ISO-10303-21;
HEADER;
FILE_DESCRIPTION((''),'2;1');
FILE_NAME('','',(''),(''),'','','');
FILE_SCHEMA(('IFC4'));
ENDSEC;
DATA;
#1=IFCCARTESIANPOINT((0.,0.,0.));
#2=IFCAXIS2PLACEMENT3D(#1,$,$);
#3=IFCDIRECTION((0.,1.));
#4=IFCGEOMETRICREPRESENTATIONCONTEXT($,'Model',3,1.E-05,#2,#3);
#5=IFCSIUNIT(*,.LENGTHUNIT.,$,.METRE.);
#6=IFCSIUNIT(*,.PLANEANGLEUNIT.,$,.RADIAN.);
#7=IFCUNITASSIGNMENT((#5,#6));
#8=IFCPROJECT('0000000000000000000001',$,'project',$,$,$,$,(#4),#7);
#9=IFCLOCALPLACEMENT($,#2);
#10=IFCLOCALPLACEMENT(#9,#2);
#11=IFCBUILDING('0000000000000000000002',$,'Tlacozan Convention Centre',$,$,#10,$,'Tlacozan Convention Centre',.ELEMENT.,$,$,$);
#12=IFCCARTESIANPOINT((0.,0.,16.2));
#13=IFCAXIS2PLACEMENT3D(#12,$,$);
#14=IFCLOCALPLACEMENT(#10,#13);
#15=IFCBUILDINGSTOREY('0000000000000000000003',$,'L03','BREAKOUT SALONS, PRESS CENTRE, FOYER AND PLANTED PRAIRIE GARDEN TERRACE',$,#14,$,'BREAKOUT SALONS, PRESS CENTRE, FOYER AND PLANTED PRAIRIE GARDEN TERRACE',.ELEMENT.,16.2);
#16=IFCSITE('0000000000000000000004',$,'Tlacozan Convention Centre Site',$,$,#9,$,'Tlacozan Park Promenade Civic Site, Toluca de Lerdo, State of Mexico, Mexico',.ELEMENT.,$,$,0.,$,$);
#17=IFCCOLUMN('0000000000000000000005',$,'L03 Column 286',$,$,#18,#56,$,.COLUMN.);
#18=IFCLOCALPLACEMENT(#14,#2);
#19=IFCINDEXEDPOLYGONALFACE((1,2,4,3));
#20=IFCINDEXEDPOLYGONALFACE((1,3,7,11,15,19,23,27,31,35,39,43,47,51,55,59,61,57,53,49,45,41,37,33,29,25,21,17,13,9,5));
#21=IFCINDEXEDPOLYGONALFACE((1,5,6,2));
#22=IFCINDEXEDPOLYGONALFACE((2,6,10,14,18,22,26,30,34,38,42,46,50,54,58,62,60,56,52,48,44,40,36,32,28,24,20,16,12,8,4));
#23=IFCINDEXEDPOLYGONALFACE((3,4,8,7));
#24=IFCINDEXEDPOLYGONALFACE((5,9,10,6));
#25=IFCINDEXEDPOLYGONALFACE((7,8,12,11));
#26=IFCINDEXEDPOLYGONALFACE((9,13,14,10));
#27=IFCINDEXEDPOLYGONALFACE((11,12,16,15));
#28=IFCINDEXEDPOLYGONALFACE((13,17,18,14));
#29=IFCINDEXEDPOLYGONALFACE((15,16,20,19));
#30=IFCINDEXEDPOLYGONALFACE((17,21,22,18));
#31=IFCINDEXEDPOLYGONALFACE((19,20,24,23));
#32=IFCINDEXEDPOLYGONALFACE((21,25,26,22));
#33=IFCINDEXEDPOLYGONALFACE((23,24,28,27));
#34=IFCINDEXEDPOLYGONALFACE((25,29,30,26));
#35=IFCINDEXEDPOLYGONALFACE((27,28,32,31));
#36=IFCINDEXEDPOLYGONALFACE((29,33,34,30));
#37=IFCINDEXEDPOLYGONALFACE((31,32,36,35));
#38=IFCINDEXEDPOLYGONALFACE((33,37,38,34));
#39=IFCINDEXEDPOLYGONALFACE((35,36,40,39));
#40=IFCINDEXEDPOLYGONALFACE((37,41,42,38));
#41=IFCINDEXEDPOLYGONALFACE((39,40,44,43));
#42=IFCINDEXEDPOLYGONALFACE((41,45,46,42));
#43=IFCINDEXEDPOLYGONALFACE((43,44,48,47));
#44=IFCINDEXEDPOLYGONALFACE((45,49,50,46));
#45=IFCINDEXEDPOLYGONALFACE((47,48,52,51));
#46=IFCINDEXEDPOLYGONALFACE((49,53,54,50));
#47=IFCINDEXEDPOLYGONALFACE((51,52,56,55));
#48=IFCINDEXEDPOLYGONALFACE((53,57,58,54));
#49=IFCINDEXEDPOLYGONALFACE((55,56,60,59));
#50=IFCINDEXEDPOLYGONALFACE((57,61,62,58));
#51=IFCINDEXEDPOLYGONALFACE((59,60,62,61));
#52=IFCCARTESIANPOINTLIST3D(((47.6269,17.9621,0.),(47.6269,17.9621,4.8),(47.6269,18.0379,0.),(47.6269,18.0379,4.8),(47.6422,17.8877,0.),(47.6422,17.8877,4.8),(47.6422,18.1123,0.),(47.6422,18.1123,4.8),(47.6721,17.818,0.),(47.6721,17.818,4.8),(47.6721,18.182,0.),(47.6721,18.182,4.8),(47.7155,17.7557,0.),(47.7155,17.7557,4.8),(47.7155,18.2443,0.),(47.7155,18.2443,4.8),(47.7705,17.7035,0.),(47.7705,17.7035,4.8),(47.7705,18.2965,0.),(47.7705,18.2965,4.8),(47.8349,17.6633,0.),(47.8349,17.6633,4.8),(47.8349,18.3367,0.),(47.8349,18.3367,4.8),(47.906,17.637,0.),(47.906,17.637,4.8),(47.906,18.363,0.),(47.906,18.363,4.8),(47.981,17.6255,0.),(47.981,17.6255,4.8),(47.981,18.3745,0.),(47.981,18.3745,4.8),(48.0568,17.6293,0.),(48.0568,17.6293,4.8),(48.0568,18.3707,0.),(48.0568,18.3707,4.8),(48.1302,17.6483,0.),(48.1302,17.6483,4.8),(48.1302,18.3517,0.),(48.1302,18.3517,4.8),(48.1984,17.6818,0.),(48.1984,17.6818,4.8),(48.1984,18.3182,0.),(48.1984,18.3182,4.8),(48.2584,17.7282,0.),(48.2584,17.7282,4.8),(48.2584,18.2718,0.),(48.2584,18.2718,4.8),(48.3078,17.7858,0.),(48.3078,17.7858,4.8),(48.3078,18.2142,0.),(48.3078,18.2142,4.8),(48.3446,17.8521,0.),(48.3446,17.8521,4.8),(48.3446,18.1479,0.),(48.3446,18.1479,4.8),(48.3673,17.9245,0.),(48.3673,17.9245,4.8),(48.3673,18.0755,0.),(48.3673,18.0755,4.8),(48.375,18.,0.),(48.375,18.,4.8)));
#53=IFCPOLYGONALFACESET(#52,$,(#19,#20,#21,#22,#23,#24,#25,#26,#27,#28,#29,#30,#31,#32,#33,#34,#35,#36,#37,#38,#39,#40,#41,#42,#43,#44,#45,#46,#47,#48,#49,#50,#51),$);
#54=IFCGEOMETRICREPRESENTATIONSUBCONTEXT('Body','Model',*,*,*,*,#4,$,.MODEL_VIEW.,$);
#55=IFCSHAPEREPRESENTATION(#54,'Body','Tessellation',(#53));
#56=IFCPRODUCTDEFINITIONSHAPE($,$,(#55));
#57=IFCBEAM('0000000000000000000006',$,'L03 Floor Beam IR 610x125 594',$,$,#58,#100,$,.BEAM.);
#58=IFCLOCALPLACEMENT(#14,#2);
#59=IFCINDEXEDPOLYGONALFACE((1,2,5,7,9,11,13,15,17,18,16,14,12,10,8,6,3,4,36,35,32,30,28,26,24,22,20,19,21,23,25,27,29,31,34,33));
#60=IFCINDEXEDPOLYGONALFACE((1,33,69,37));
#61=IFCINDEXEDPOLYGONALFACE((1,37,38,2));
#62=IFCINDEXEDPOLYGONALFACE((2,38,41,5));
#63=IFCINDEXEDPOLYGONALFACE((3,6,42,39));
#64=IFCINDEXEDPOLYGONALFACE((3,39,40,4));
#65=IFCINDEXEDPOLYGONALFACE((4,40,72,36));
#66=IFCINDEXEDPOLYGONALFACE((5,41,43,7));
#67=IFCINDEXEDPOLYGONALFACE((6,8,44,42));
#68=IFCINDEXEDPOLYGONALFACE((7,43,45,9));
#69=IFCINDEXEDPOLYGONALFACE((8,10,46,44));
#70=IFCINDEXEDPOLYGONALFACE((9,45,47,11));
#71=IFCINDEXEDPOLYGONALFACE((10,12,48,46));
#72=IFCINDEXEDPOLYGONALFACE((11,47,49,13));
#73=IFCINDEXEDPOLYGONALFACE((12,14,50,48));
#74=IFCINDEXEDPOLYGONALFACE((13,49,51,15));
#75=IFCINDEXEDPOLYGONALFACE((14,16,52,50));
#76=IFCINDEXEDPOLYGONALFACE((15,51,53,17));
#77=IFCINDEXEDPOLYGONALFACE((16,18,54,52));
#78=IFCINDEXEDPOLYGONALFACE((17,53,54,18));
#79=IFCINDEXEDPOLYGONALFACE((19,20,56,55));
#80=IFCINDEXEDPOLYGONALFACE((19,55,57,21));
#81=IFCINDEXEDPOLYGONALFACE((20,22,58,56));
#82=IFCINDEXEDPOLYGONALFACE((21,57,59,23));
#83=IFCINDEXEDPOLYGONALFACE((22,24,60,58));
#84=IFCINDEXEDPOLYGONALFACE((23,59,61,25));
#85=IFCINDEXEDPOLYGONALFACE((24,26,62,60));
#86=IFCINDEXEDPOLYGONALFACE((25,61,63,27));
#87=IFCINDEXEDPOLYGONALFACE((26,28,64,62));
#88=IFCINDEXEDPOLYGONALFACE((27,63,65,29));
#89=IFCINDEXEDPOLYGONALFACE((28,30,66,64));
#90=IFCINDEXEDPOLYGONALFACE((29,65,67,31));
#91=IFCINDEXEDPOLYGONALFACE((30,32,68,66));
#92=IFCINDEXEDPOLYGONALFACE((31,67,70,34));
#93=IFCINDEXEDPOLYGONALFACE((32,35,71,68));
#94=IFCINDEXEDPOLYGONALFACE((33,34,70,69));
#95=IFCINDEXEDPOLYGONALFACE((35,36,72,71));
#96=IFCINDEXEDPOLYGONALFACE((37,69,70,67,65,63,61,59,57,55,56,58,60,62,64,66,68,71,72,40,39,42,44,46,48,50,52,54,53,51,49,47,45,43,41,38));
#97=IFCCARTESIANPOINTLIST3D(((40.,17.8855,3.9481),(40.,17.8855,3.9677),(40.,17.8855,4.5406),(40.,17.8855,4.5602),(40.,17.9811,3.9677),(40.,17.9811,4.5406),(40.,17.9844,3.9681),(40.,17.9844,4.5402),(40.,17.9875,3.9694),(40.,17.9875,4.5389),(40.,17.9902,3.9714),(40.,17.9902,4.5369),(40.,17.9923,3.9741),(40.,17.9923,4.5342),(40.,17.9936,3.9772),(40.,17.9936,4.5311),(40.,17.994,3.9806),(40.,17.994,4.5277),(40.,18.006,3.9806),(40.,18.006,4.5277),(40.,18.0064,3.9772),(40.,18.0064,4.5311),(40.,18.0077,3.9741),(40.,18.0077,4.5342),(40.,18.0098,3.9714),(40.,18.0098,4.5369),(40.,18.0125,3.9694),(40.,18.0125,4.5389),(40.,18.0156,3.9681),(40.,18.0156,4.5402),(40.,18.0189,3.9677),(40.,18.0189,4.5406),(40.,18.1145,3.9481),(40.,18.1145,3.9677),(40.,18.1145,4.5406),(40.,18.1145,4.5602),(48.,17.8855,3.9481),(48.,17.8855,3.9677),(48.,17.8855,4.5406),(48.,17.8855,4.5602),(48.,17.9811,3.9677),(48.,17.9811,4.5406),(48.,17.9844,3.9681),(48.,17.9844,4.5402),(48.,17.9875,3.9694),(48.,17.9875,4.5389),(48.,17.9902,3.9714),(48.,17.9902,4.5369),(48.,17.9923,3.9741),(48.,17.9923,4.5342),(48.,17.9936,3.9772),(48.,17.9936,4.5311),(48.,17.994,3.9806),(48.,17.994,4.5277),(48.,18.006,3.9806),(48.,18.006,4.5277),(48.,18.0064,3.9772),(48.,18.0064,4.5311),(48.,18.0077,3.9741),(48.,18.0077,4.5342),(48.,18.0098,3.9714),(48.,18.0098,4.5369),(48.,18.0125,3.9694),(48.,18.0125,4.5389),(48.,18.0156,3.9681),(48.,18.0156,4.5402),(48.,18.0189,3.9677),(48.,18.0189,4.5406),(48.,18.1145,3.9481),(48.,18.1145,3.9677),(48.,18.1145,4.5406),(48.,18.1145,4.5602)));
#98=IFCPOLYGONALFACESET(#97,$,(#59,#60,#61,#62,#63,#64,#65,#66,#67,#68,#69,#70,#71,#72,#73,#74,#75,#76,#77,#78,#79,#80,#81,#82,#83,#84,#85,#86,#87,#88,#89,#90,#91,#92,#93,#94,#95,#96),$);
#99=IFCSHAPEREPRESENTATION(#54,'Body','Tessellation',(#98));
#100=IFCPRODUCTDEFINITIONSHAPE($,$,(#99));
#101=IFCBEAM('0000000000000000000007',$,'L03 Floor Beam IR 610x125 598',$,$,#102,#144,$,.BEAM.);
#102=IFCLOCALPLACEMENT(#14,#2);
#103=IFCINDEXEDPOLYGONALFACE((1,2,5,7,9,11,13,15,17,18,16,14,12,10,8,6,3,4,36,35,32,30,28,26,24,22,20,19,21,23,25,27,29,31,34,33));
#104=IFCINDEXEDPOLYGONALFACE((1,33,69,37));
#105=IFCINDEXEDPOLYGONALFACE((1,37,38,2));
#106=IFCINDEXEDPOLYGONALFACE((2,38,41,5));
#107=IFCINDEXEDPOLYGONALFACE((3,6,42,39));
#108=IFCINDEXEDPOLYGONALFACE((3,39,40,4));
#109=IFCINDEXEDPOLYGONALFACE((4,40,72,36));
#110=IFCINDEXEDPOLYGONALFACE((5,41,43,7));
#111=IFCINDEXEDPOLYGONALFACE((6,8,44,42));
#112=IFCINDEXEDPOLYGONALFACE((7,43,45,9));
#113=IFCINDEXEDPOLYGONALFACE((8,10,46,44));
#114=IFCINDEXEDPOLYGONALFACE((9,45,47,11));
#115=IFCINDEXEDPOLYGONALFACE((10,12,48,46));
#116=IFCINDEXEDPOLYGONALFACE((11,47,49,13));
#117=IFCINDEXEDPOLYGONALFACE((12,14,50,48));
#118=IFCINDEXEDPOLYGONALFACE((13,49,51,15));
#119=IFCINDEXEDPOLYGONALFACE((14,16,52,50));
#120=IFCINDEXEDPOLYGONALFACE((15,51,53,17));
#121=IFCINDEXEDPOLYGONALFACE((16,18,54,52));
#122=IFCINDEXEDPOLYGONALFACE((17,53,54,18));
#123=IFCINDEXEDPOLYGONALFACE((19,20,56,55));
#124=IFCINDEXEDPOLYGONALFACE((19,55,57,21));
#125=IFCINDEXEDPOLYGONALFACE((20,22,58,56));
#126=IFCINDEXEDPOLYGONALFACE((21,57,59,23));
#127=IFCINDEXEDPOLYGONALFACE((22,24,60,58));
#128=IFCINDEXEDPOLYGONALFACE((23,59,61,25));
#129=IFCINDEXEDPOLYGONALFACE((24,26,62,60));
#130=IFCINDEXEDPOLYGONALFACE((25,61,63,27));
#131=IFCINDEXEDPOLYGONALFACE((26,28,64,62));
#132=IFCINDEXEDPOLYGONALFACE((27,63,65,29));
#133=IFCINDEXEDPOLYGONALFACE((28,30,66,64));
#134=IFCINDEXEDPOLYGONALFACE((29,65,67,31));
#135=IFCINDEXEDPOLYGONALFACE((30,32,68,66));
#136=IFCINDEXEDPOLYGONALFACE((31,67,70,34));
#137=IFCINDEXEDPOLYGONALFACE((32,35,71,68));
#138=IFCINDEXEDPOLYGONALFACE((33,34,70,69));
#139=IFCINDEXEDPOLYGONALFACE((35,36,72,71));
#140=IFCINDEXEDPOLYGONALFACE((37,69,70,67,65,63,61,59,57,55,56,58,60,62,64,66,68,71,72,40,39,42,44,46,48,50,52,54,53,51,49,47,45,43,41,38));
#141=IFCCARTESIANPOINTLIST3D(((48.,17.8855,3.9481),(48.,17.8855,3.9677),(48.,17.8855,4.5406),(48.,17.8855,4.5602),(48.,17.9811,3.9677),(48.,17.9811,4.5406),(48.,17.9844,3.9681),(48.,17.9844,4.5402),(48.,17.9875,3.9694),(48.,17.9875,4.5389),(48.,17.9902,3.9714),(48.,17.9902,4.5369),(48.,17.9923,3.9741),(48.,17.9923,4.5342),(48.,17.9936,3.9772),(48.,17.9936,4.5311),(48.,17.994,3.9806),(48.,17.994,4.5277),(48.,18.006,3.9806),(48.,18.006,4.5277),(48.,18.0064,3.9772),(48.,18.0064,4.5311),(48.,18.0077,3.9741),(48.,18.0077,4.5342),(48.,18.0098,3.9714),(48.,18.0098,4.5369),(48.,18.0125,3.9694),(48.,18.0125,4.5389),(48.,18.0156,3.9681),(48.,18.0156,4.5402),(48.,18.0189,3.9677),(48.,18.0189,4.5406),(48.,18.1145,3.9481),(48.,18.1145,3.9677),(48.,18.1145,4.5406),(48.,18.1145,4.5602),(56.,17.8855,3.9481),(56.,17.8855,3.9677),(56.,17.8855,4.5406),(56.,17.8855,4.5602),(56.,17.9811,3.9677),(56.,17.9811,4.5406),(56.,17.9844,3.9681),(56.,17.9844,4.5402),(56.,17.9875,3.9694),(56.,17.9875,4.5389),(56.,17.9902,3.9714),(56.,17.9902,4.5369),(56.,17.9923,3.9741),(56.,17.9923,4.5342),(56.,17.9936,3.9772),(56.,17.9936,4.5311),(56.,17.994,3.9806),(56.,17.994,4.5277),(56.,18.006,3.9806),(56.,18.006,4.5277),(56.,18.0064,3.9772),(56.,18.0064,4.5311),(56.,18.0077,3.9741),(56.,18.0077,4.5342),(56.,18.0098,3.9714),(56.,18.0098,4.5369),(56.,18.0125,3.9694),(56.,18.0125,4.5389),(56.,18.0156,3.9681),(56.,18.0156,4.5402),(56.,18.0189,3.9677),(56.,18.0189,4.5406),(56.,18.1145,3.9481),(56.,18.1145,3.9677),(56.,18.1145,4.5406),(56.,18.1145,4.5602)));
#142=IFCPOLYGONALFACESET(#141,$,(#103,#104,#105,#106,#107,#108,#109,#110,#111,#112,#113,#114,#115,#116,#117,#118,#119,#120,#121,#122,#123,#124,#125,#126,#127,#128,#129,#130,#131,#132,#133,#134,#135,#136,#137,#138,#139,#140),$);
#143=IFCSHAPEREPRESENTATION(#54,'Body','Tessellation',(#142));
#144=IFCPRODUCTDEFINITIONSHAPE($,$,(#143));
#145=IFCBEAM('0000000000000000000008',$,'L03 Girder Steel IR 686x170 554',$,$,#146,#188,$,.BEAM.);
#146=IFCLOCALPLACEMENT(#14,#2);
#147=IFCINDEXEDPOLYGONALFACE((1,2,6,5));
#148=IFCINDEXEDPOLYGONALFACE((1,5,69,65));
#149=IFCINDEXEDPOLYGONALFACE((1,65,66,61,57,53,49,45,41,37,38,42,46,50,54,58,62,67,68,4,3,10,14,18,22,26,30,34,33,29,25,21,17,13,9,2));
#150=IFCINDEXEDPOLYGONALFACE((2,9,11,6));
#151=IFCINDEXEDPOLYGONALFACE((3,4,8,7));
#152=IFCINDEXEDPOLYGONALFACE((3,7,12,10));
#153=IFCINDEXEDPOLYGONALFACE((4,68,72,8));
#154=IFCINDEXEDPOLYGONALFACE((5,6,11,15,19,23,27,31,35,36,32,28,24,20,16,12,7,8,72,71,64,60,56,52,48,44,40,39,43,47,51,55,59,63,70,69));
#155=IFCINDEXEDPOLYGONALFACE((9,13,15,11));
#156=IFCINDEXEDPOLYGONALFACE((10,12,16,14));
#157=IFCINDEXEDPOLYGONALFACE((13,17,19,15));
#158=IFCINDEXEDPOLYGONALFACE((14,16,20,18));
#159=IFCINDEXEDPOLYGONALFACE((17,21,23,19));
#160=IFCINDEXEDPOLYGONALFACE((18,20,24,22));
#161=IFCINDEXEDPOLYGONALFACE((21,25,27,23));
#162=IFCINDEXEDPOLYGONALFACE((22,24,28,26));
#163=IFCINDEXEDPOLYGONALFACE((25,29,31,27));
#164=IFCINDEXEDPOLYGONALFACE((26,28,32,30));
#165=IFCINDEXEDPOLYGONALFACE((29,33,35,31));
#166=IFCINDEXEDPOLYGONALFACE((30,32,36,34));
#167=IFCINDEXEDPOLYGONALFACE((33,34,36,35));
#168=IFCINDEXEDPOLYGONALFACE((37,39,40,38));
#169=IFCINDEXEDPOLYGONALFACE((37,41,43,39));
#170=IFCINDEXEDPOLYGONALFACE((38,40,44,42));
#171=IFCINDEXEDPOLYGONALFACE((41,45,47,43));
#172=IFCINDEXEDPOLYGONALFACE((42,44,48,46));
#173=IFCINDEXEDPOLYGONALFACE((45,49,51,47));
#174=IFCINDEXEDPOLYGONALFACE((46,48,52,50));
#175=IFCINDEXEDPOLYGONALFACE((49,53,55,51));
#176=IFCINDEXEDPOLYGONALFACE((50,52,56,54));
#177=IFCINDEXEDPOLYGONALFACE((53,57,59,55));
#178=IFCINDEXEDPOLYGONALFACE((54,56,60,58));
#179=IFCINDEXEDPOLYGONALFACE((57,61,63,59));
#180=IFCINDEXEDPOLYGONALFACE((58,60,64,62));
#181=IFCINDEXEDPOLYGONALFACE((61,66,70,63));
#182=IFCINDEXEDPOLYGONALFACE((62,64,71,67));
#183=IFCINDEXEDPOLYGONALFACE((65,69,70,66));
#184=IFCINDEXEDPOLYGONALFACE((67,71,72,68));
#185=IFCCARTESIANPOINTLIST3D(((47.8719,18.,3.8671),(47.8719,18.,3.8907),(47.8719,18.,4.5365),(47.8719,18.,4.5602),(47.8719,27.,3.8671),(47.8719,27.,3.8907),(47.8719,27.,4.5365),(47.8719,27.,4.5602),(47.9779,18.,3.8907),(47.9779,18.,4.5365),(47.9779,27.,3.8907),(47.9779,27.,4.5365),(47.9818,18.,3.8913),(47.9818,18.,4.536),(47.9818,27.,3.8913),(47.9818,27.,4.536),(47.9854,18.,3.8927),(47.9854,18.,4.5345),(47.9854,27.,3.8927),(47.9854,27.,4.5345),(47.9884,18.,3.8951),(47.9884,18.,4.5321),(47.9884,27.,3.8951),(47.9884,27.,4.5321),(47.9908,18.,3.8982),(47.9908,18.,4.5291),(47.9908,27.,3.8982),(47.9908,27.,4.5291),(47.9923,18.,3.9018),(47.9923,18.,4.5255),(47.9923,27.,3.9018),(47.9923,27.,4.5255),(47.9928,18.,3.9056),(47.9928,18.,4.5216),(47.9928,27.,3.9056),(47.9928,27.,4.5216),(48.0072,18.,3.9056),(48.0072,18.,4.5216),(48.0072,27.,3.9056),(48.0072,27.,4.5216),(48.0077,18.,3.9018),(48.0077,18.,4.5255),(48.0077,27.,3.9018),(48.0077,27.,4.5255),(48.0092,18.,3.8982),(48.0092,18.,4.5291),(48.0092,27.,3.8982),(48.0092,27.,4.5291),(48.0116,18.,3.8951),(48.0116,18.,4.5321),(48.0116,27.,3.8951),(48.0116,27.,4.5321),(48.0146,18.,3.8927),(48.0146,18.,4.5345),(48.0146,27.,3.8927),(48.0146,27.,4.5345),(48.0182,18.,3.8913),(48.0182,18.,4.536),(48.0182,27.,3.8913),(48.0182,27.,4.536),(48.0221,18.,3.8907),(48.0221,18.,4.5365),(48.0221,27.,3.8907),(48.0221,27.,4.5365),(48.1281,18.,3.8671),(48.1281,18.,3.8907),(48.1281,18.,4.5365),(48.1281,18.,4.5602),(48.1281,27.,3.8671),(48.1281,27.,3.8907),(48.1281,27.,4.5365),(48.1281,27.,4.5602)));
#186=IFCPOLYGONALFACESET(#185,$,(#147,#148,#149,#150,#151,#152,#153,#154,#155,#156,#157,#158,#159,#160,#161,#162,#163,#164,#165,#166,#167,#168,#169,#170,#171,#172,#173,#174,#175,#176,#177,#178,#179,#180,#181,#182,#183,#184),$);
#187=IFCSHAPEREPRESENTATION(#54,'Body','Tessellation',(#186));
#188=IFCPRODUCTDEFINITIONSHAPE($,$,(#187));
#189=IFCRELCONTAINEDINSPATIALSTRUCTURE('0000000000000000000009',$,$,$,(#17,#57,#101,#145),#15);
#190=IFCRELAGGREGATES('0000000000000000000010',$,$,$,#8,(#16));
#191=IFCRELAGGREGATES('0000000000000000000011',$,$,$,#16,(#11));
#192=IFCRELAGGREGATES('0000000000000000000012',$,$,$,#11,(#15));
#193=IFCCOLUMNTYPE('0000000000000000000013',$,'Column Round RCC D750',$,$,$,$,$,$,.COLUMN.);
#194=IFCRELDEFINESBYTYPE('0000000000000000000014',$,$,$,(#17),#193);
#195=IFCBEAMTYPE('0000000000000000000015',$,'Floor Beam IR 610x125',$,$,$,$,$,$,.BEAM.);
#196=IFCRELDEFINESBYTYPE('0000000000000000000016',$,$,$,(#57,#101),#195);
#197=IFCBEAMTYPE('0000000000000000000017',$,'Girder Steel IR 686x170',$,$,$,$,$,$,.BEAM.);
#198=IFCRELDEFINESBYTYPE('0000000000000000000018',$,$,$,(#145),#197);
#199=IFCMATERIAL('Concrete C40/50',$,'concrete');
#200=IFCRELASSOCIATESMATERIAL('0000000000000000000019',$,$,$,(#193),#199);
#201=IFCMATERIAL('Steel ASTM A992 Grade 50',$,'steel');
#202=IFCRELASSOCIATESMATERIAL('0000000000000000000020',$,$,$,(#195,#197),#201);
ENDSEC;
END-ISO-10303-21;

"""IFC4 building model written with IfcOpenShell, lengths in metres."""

from ifc_helpers import new_model, si_unit, direction, frame, origin, origin_2d, place, context, subcontext, project, spatial, circle, i_section, extrude, material, material_profile, profile_set, type_object, element, save


model = new_model("IFC4")

# Units and contexts
model_context = context("Model", 3, precision=1e-05, world=origin(), true_north=direction((0.0, 1.0)))
body_context = subcontext(model_context, "Body", "Model", "MODEL_VIEW")
ifc_project = project(units=[si_unit("LENGTHUNIT", "METRE"), si_unit("PLANEANGLEUNIT", "RADIAN")], contexts=[model_context])

# Site, building, storey
site_placement = place(None, origin())
site = spatial("IfcSite", under=ifc_project, at=site_placement, Name="Tlacozan Convention Centre Site", LongName="Tlacozan Park Promenade Civic Site, Toluca de Lerdo, State of Mexico, Mexico", CompositionType="ELEMENT", RefElevation=0.0)
building_placement = place(site_placement, origin())
building = spatial("IfcBuilding", under=site, at=building_placement, Name="Tlacozan Convention Centre", LongName="Tlacozan Convention Centre", CompositionType="ELEMENT")
storey_placement = place(building_placement, frame((0.0, 0.0, 16.2)))
storey = spatial("IfcBuildingStorey", under=building, at=storey_placement, Name="L03", Description="BREAKOUT SALONS, PRESS CENTRE, FOYER AND PLANTED PRAIRIE GARDEN TERRACE", LongName="BREAKOUT SALONS, PRESS CENTRE, FOYER AND PLANTED PRAIRIE GARDEN TERRACE", CompositionType="ELEMENT", Elevation=16.2)

# Column
ifc_material_1 = material(Name="Concrete C40/50", Category="concrete")
ifc_material_profile_1 = material_profile(ifc_material_1, circle(Radius=0.375, at=origin_2d()), Name="RCC D750")
ifc_profile_set_1 = profile_set([ifc_material_profile_1], Name="Concrete C40/50")
column_type = type_object("IfcColumnType", Name="Column Round RCC D750", PredefinedType="COLUMN", material=ifc_profile_set_1)
column_placement = place(storey_placement, frame((48.0, 18.0, 0.0), z_axis=(0.0, 0.0, 1.0), x_axis=(1.0, 0.0, 0.0)))
element("IfcColumn", 1, at=column_placement, inside=storey, type_object=column_type, Name="L03 Column 286", PredefinedType="COLUMN", context=body_context, shape_type="SweptSolid", body=[
    extrude(circle(Radius=0.375, at=origin_2d()), origin(), (0.0, 0.0, 1.0), 4.8),
])

# Beams
ifc_material_2 = material(Name="Steel ASTM A992 Grade 50", Category="steel")
ifc_material_profile_2 = material_profile(ifc_material_2, i_section(OverallWidth=0.229, OverallDepth=0.6121, WebThickness=0.012, FlangeThickness=0.0195, FilletRadius=0.0129, at=origin_2d()), Name="IR 610x125.0")
ifc_profile_set_2 = profile_set([ifc_material_profile_2], Name="Steel ASTM A992 Grade 50")
beam_type_1 = type_object("IfcBeamType", Name="Floor Beam IR 610x125", PredefinedType="BEAM", material=ifc_profile_set_2)
for number, where, z_axis, x_axis, name in (
    (2, (40.0, 18.0, 4.2542), (1.0, 0.0, 0.0), (0.0, 1.0, 0.0), "L03 Floor Beam IR 610x125 594"),
    (3, (48.0, 18.0, 4.2542), (1.0, 0.0, 0.0), (0.0, 1.0, 0.0), "L03 Floor Beam IR 610x125 598"),
):
    element("IfcBeam", number, at=place(storey_placement, frame(where, z_axis=z_axis, x_axis=x_axis)), inside=storey, type_object=beam_type_1, Name=name, PredefinedType="BEAM", context=body_context, shape_type="SweptSolid", body=[
        extrude(i_section(OverallWidth=0.229, OverallDepth=0.6121, WebThickness=0.012, FlangeThickness=0.0195, FilletRadius=0.0129, at=origin_2d()), origin(), (0.0, 0.0, 1.0), 8.0),
    ])
ifc_material_profile_3 = material_profile(ifc_material_2, i_section(OverallWidth=0.2561, OverallDepth=0.6931, WebThickness=0.0144, FlangeThickness=0.0237, FilletRadius=0.0149, at=origin_2d()), Name="IR 686x170.0")
ifc_profile_set_3 = profile_set([ifc_material_profile_3], Name="Steel ASTM A992 Grade 50")
beam_type_2 = type_object("IfcBeamType", Name="Girder Steel IR 686x170", PredefinedType="BEAM", material=ifc_profile_set_3)
beam_placement = place(storey_placement, frame((48.0, 18.0, 4.2136), z_axis=(0.0, 1.0, 0.0), x_axis=(-1.0, 0.0, 0.0)))
element("IfcBeam", 4, at=beam_placement, inside=storey, type_object=beam_type_2, Name="L03 Girder Steel IR 686x170 554", PredefinedType="BEAM", context=body_context, shape_type="SweptSolid", body=[
    extrude(i_section(OverallWidth=0.2561, OverallDepth=0.6931, WebThickness=0.0144, FlangeThickness=0.0237, FilletRadius=0.0149, at=origin_2d()), origin(), (0.0, 0.0, 1.0), 9.0),
])

save(model, "model.ifc")
